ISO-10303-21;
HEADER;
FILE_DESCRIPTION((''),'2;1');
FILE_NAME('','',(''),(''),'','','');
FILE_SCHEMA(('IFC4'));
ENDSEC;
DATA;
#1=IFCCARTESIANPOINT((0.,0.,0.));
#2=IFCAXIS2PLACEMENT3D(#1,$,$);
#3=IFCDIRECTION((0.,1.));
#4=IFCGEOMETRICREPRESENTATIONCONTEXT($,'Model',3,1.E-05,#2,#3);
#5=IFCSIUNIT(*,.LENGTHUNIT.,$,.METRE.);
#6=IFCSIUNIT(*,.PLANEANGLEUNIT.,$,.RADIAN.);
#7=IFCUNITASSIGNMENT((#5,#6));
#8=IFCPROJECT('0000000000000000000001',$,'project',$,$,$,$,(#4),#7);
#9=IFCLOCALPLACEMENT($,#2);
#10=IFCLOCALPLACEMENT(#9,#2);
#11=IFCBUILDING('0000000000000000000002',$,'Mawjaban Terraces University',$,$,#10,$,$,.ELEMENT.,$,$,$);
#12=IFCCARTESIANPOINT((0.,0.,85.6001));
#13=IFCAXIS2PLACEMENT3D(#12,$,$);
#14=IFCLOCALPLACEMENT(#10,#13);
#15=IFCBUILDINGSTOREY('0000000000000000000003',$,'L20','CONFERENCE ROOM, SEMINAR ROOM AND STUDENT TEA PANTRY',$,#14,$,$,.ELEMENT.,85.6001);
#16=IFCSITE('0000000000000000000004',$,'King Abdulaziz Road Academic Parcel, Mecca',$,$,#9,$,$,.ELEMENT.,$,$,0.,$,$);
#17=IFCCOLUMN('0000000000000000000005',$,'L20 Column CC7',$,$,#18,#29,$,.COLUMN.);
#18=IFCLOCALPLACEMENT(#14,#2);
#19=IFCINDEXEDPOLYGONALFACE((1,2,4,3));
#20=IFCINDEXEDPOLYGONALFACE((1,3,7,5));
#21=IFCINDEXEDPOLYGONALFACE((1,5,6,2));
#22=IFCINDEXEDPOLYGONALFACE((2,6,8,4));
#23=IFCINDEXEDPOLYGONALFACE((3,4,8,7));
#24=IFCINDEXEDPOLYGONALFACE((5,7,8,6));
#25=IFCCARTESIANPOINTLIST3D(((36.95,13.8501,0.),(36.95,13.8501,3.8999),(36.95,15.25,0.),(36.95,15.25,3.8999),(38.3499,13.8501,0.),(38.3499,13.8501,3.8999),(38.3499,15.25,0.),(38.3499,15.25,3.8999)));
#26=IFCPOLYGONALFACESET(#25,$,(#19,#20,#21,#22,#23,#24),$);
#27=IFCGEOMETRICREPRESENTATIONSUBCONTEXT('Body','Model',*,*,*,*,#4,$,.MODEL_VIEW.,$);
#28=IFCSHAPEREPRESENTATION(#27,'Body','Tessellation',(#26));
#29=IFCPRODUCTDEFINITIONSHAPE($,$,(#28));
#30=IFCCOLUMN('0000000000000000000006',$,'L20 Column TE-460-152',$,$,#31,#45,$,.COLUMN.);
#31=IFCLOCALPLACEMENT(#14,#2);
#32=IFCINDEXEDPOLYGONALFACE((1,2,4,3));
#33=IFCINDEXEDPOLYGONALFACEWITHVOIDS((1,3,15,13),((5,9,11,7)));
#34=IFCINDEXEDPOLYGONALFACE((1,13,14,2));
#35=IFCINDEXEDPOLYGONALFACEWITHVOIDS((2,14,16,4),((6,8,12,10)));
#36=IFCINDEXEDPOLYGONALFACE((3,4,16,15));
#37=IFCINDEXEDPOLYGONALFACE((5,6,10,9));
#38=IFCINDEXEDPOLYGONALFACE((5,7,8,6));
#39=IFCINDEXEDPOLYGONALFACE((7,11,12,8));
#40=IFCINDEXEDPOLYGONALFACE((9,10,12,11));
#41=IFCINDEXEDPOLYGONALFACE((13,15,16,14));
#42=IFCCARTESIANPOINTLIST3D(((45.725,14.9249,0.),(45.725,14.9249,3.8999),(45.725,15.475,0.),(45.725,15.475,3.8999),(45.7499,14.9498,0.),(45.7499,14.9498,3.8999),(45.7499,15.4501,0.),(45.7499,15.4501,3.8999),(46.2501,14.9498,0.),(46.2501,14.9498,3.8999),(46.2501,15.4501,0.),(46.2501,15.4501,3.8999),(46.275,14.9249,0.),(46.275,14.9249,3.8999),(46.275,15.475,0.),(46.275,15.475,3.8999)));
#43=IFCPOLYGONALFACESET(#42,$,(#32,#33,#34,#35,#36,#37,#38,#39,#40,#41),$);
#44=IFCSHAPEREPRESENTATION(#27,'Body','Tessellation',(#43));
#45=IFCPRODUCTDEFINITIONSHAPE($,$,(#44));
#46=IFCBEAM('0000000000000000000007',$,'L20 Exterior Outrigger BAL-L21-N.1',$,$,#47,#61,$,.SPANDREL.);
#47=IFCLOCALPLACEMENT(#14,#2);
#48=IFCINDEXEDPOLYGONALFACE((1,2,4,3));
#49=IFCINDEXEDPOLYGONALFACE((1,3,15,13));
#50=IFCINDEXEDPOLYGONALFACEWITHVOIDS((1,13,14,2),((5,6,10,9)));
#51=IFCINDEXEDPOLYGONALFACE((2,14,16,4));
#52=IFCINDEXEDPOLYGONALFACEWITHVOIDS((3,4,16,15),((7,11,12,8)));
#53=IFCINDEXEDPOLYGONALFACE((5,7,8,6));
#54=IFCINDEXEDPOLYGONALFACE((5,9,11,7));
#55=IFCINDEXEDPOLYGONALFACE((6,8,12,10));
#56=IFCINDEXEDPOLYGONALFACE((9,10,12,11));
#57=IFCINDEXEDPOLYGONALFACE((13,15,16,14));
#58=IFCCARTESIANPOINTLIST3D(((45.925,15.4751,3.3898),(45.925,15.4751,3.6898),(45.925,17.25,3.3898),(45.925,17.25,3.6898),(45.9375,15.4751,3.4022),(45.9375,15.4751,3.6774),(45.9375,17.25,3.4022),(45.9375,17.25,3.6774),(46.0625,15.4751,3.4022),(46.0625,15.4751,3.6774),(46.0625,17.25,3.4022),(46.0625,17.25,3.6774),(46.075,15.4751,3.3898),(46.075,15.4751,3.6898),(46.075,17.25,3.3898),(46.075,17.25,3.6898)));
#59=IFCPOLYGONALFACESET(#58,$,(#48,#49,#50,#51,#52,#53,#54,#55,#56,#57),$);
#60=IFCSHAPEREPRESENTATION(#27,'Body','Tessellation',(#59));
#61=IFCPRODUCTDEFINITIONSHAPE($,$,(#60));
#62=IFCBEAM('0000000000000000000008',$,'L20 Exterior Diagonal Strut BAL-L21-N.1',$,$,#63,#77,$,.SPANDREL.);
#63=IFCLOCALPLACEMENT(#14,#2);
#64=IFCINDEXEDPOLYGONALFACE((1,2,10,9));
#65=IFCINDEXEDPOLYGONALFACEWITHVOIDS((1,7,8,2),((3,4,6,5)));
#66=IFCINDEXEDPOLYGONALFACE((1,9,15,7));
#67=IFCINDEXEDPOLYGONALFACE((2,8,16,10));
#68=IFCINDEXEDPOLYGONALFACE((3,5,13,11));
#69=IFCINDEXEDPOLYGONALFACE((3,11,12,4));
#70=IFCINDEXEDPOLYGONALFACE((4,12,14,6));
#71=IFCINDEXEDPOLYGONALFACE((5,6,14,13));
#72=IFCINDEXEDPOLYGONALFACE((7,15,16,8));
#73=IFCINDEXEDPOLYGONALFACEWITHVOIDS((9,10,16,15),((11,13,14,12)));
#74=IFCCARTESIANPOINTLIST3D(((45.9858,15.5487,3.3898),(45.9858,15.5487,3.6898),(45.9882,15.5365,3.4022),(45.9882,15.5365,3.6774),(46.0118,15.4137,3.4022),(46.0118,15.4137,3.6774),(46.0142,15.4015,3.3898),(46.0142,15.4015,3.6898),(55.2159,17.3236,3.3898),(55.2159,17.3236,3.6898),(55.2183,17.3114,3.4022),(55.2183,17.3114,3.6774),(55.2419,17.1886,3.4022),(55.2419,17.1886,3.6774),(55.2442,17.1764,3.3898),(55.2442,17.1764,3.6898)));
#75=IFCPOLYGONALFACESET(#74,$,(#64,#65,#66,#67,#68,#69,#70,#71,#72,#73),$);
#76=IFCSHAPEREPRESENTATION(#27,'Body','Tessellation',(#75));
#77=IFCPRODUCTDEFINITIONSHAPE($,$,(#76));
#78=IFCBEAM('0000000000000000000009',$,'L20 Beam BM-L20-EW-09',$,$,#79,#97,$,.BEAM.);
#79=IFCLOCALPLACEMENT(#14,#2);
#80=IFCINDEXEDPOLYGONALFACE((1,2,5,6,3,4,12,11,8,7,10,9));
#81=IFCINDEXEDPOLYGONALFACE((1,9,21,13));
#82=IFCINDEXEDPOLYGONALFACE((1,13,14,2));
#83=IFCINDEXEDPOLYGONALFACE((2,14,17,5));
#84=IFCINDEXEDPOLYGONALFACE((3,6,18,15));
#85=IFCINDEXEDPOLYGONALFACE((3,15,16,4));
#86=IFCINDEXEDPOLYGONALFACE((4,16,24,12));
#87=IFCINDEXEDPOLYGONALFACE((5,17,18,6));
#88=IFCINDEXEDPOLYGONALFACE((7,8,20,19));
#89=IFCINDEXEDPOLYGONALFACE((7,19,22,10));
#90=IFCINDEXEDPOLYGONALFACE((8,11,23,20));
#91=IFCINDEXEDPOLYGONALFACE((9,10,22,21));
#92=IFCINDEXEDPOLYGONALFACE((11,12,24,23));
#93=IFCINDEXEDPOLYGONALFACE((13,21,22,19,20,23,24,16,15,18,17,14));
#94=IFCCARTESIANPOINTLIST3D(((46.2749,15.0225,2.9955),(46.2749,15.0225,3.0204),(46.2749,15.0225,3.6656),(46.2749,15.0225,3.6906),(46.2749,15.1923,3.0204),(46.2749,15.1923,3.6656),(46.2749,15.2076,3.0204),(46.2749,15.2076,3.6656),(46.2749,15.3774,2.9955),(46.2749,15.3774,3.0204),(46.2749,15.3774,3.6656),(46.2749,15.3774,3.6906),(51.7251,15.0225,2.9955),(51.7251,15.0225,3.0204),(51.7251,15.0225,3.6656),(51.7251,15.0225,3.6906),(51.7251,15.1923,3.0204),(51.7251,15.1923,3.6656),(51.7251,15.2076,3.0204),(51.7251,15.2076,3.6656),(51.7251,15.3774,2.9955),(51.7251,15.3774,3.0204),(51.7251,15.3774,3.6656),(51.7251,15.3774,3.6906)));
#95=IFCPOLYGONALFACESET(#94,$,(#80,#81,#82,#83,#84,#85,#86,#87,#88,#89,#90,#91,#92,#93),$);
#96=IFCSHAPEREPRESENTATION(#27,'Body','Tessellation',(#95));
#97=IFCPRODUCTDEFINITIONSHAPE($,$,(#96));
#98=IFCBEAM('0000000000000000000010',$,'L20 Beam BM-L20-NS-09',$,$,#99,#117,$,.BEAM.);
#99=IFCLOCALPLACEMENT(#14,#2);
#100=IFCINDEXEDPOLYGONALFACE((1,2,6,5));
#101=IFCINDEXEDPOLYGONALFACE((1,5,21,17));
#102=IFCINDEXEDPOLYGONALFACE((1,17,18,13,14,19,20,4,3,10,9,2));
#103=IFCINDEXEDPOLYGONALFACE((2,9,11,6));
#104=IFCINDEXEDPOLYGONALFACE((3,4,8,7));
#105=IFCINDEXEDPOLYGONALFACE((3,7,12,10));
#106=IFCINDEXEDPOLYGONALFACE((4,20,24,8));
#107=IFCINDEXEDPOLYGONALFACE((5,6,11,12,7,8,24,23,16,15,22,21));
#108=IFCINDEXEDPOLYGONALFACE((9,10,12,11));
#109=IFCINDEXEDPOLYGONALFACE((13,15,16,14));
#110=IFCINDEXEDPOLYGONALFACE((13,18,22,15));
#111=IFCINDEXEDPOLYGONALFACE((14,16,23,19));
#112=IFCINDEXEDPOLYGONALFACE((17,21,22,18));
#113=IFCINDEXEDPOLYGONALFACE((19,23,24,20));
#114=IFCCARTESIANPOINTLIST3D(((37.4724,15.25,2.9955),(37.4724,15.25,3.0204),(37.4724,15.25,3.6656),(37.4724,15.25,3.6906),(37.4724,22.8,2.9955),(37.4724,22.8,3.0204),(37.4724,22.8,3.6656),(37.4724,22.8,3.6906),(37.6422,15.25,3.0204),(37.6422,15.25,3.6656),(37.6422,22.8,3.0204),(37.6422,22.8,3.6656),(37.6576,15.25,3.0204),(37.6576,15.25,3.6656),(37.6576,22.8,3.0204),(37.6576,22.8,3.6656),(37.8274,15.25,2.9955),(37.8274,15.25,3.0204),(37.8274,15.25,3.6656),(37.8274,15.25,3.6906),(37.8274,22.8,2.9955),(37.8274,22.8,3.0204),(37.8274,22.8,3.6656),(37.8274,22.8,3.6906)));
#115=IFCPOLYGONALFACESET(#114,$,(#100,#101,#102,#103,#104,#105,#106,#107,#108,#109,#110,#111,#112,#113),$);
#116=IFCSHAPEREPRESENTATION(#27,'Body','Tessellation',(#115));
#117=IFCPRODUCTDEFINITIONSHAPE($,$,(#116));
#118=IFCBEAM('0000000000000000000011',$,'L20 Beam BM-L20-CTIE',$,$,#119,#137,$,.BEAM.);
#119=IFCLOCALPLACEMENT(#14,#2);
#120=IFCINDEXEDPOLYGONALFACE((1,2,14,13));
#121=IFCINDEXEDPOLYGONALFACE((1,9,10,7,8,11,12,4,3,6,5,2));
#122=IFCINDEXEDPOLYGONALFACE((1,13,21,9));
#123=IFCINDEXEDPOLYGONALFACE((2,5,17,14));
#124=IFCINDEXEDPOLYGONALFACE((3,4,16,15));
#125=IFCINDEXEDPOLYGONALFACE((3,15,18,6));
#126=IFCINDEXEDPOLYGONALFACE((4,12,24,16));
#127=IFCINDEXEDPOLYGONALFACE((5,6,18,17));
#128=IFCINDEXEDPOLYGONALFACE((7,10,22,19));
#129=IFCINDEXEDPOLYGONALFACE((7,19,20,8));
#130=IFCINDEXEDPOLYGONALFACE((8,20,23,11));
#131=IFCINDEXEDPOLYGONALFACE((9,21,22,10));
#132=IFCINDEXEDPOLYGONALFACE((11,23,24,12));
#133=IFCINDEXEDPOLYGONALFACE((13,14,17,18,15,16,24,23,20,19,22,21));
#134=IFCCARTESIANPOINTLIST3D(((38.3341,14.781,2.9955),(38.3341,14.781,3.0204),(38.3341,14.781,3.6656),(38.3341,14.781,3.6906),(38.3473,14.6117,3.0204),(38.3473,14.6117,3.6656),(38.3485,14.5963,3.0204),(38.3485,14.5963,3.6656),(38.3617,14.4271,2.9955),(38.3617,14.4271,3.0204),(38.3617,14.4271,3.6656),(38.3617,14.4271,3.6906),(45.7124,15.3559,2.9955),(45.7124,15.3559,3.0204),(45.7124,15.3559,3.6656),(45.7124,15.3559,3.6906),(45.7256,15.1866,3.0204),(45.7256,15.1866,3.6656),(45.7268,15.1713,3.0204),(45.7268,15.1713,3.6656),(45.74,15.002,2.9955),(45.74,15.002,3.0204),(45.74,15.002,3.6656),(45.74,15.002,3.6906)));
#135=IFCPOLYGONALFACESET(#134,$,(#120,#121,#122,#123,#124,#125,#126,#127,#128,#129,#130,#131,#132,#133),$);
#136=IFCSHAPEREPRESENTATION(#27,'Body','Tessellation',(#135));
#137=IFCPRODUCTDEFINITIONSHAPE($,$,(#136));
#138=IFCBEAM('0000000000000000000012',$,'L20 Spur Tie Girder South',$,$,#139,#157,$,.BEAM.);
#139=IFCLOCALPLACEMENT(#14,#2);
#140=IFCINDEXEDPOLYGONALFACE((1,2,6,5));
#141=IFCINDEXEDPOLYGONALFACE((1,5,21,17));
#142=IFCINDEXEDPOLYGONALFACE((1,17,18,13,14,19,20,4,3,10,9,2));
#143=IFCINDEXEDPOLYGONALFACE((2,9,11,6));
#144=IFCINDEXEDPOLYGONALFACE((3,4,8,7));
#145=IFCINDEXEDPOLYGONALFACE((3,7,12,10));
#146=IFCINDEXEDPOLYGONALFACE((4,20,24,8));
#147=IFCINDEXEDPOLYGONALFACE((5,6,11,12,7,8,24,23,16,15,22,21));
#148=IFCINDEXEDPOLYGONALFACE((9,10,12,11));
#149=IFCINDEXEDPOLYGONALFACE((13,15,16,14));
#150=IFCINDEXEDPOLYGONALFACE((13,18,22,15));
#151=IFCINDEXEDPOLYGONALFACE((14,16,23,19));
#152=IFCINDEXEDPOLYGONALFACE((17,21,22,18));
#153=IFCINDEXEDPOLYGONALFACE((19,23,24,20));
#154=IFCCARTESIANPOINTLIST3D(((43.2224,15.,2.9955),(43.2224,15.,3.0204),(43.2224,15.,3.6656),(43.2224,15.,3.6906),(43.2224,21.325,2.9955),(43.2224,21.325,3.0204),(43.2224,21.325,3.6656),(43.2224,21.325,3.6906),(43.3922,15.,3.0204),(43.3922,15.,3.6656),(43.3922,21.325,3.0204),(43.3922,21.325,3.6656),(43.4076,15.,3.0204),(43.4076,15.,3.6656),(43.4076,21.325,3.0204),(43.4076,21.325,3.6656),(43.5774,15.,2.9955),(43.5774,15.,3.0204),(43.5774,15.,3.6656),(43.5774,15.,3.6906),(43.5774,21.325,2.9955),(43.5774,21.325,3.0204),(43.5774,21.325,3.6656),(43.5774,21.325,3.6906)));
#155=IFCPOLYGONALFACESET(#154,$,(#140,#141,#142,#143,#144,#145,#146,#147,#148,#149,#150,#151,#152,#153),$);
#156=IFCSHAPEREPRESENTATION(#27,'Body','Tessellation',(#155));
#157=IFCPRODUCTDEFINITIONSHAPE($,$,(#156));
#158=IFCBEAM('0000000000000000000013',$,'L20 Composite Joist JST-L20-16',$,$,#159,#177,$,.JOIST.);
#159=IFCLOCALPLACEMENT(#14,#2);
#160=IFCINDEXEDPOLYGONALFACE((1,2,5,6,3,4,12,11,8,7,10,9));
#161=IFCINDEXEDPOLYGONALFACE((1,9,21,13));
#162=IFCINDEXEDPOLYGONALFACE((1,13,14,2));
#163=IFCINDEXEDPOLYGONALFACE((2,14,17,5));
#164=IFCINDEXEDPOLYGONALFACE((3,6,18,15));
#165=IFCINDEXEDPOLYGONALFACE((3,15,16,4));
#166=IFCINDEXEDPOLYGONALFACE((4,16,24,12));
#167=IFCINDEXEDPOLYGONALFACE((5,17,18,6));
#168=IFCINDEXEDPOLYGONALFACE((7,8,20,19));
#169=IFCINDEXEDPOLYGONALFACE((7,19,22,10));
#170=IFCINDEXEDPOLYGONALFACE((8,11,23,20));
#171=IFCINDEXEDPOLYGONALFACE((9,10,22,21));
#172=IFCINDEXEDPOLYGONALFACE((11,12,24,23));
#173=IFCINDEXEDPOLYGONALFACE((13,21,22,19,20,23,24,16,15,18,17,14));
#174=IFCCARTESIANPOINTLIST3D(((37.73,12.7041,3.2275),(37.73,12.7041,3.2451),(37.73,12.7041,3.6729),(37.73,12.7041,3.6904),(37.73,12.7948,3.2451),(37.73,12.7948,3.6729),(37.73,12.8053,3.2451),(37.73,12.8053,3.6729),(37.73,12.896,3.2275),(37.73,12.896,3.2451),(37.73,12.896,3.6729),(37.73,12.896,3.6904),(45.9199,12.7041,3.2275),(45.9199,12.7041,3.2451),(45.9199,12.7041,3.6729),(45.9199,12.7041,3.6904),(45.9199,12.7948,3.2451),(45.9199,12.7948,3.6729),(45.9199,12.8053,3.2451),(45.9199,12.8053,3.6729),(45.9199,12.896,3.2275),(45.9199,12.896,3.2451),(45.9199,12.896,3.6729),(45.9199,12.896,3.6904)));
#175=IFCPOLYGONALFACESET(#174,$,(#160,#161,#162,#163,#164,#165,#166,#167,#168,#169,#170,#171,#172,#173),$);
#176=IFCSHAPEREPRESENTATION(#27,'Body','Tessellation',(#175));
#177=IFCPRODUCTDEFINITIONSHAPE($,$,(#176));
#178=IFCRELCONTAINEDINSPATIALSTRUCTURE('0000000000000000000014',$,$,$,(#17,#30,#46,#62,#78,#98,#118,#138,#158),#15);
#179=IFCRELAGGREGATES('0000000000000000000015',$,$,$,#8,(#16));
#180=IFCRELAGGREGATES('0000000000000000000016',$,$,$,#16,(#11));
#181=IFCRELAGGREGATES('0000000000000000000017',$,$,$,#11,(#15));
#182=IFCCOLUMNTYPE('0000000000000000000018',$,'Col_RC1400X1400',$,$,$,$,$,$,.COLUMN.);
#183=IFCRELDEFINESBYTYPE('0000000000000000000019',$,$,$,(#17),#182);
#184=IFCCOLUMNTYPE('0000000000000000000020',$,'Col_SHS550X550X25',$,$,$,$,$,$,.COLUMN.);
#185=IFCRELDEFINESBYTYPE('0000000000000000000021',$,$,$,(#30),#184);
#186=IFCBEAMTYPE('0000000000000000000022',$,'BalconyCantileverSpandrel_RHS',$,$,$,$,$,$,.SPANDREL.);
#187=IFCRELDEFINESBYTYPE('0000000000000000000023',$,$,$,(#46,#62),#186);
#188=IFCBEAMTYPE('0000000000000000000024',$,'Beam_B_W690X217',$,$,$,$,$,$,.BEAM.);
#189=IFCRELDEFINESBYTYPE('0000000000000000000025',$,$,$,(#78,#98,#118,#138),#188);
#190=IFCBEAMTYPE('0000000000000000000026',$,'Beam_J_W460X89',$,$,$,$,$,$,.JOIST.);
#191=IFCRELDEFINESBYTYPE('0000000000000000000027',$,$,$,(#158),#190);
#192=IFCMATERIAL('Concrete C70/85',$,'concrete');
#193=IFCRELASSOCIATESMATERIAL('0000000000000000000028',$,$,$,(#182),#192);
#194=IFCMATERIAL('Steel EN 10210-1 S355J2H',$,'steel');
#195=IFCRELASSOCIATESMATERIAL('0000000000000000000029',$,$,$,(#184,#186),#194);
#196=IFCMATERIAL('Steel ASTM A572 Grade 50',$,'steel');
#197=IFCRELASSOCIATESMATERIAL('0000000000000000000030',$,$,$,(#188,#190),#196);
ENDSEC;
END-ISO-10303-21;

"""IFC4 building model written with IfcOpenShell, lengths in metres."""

from ifc_helpers import new_model, si_unit, direction, frame, origin, origin_2d, place, context, subcontext, project, spatial, rectangle, hollow_rectangle, i_section, extrude, material, material_profile, profile_set, type_object, element, save


model = new_model("IFC4")

# Units and contexts
model_context = context("Model", 3, precision=1e-05, world=origin(), true_north=direction((0.0, 1.0)))
body_context = subcontext(model_context, "Body", "Model", "MODEL_VIEW")
ifc_project = project(units=[si_unit("LENGTHUNIT", "METRE"), si_unit("PLANEANGLEUNIT", "RADIAN")], contexts=[model_context])

# Site, building, storey
site_placement = place(None, origin())
site = spatial("IfcSite", under=ifc_project, at=site_placement, Name="King Abdulaziz Road Academic Parcel, Mecca", CompositionType="ELEMENT", RefElevation=0.0)
building_placement = place(site_placement, origin())
building = spatial("IfcBuilding", under=site, at=building_placement, Name="Mawjaban Terraces University", CompositionType="ELEMENT")
storey_placement = place(building_placement, frame((0.0, 0.0, 85.6001)))
storey = spatial("IfcBuildingStorey", under=building, at=storey_placement, Name="L20", Description="CONFERENCE ROOM, SEMINAR ROOM AND STUDENT TEA PANTRY", CompositionType="ELEMENT", Elevation=85.6001)

# Columns
ifc_material_1 = material(Name="Concrete C70/85", Category="concrete")
ifc_material_profile_1 = material_profile(ifc_material_1, rectangle(XDim=1.3999, YDim=1.3999, at=origin_2d()), Name="RC1400X1400")
ifc_profile_set_1 = profile_set([ifc_material_profile_1], Name="Concrete C70/85")
column_type_1 = type_object("IfcColumnType", Name="Col_RC1400X1400", PredefinedType="COLUMN", material=ifc_profile_set_1)
column_1_placement = place(storey_placement, frame((37.6499, 14.55, 0.0), z_axis=(0.0, 0.0, 1.0), x_axis=(1.0, 0.0, 0.0)))
element("IfcColumn", 1, at=column_1_placement, inside=storey, type_object=column_type_1, Name="L20 Column CC7", PredefinedType="COLUMN", context=body_context, shape_type="SweptSolid", body=[
    extrude(rectangle(XDim=1.3999, YDim=1.3999, at=origin_2d()), origin(), (0.0, 0.0, 1.0), 3.8999),
])
ifc_material_2 = material(Name="Steel EN 10210-1 S355J2H", Category="steel")
ifc_material_profile_2 = material_profile(ifc_material_2, hollow_rectangle(XDim=0.55, YDim=0.55, WallThickness=0.0249, at=origin_2d()), Name="SHS550X550X25")
ifc_profile_set_2 = profile_set([ifc_material_profile_2], Name="Steel EN 10210-1 S355J2H")
column_type_2 = type_object("IfcColumnType", Name="Col_SHS550X550X25", PredefinedType="COLUMN", material=ifc_profile_set_2)
column_2_placement = place(storey_placement, frame((46.0, 15.2, 0.0), z_axis=(0.0, 0.0, 1.0), x_axis=(1.0, 0.0, 0.0)))
element("IfcColumn", 2, at=column_2_placement, inside=storey, type_object=column_type_2, Name="L20 Column TE-460-152", PredefinedType="COLUMN", context=body_context, shape_type="SweptSolid", body=[
    extrude(hollow_rectangle(XDim=0.55, YDim=0.55, WallThickness=0.0249, at=origin_2d()), origin(), (0.0, 0.0, 1.0), 3.8999),
])

# Beams
ifc_material_profile_3 = material_profile(ifc_material_2, hollow_rectangle(XDim=0.1499, YDim=0.3, WallThickness=0.0125, at=origin_2d()), Name="RHS300X150X12.5")
ifc_profile_set_3 = profile_set([ifc_material_profile_3], Name="Steel EN 10210-1 S355J2H")
beam_type_1 = type_object("IfcBeamType", Name="BalconyCantileverSpandrel_RHS", PredefinedType="SPANDREL", material=ifc_profile_set_3)
beam_1_placement = place(storey_placement, frame((46.0, 15.4751, 3.5398), z_axis=(0.0, 1.0, 0.0), x_axis=(-1.0, 0.0, 0.0)))
element("IfcBeam", 3, at=beam_1_placement, inside=storey, type_object=beam_type_1, Name="L20 Exterior Outrigger BAL-L21-N.1", PredefinedType="SPANDREL", context=body_context, shape_type="SweptSolid", body=[
    extrude(hollow_rectangle(XDim=0.1499, YDim=0.3, WallThickness=0.0125, at=origin_2d()), origin(), (0.0, 0.0, 1.0), 1.7749),
])
beam_2_placement = place(storey_placement, frame((46.0, 15.4751, 3.5398), z_axis=(0.982008, 0.188838, 0.0), x_axis=(-0.188838, 0.982008, 0.0)))
element("IfcBeam", 4, at=beam_2_placement, inside=storey, type_object=beam_type_1, Name="L20 Exterior Diagonal Strut BAL-L21-N.1", PredefinedType="SPANDREL", context=body_context, shape_type="SweptSolid", body=[
    extrude(hollow_rectangle(XDim=0.1499, YDim=0.3, WallThickness=0.0125, at=origin_2d()), origin(), (0.0, 0.0, 1.0), 9.3992),
])
ifc_material_3 = material(Name="Steel ASTM A572 Grade 50", Category="steel")
ifc_material_profile_4 = material_profile(ifc_material_3, i_section(OverallWidth=0.355, OverallDepth=0.6951, WebThickness=0.0154, FlangeThickness=0.0249, at=origin_2d()), Name="W690X217")
ifc_profile_set_4 = profile_set([ifc_material_profile_4], Name="Steel ASTM A572 Grade 50")
beam_type_2 = type_object("IfcBeamType", Name="Beam_B_W690X217", PredefinedType="BEAM", material=ifc_profile_set_4)
beam_3_placement = place(storey_placement, frame((46.2749, 15.2, 3.343), z_axis=(1.0, 0.0, 0.0), x_axis=(0.0, 1.0, 0.0)))
element("IfcBeam", 5, at=beam_3_placement, inside=storey, type_object=beam_type_2, Name="L20 Beam BM-L20-EW-09", PredefinedType="BEAM", context=body_context, shape_type="SweptSolid", body=[
    extrude(i_section(OverallWidth=0.355, OverallDepth=0.6951, WebThickness=0.0154, FlangeThickness=0.0249, at=origin_2d()), origin(), (0.0, 0.0, 1.0), 5.4502),
])
beam_4_placement = place(storey_placement, frame((37.6499, 15.25, 3.343), z_axis=(0.0, 1.0, 0.0), x_axis=(-1.0, 0.0, 0.0)))
element("IfcBeam", 6, at=beam_4_placement, inside=storey, type_object=beam_type_2, Name="L20 Beam BM-L20-NS-09", PredefinedType="BEAM", context=body_context, shape_type="SweptSolid", body=[
    extrude(i_section(OverallWidth=0.355, OverallDepth=0.6951, WebThickness=0.0154, FlangeThickness=0.0249, at=origin_2d()), origin(), (0.0, 0.0, 1.0), 7.55),
])
beam_5_placement = place(storey_placement, frame((38.3479, 14.604, 3.343), z_axis=(0.996978, 0.07769, 0.0), x_axis=(-0.07769, 0.996978, 0.0)))
element("IfcBeam", 7, at=beam_5_placement, inside=storey, type_object=beam_type_2, Name="L20 Beam BM-L20-CTIE", PredefinedType="BEAM", context=body_context, shape_type="SweptSolid", body=[
    extrude(i_section(OverallWidth=0.355, OverallDepth=0.6951, WebThickness=0.0154, FlangeThickness=0.0249, at=origin_2d()), origin(), (0.0, 0.0, 1.0), 7.4006),
])
beam_6_placement = place(storey_placement, frame((43.3999, 15.0, 3.343), z_axis=(0.0, 1.0, 0.0), x_axis=(-1.0, 0.0, 0.0)))
element("IfcBeam", 8, at=beam_6_placement, inside=storey, type_object=beam_type_2, Name="L20 Spur Tie Girder South", PredefinedType="BEAM", context=body_context, shape_type="SweptSolid", body=[
    extrude(i_section(OverallWidth=0.355, OverallDepth=0.6951, WebThickness=0.0154, FlangeThickness=0.0249, at=origin_2d()), origin(), (0.0, 0.0, 1.0), 6.325),
])
ifc_material_profile_5 = material_profile(ifc_material_3, i_section(OverallWidth=0.1919, OverallDepth=0.4629, WebThickness=0.0105, FlangeThickness=0.0176, at=origin_2d()), Name="W460X89")
ifc_profile_set_5 = profile_set([ifc_material_profile_5], Name="Steel ASTM A572 Grade 50")
beam_type_3 = type_object("IfcBeamType", Name="Beam_J_W460X89", PredefinedType="JOIST", material=ifc_profile_set_5)
beam_7_placement = place(storey_placement, frame((37.73, 12.8, 3.459), z_axis=(1.0, 0.0, 0.0), x_axis=(0.0, 1.0, 0.0)))
element("IfcBeam", 9, at=beam_7_placement, inside=storey, type_object=beam_type_3, Name="L20 Composite Joist JST-L20-16", PredefinedType="JOIST", context=body_context, shape_type="SweptSolid", body=[
    extrude(i_section(OverallWidth=0.1919, OverallDepth=0.4629, WebThickness=0.0105, FlangeThickness=0.0176, at=origin_2d()), origin(), (0.0, 0.0, 1.0), 8.1899),
])

save(model, "model.ifc")
